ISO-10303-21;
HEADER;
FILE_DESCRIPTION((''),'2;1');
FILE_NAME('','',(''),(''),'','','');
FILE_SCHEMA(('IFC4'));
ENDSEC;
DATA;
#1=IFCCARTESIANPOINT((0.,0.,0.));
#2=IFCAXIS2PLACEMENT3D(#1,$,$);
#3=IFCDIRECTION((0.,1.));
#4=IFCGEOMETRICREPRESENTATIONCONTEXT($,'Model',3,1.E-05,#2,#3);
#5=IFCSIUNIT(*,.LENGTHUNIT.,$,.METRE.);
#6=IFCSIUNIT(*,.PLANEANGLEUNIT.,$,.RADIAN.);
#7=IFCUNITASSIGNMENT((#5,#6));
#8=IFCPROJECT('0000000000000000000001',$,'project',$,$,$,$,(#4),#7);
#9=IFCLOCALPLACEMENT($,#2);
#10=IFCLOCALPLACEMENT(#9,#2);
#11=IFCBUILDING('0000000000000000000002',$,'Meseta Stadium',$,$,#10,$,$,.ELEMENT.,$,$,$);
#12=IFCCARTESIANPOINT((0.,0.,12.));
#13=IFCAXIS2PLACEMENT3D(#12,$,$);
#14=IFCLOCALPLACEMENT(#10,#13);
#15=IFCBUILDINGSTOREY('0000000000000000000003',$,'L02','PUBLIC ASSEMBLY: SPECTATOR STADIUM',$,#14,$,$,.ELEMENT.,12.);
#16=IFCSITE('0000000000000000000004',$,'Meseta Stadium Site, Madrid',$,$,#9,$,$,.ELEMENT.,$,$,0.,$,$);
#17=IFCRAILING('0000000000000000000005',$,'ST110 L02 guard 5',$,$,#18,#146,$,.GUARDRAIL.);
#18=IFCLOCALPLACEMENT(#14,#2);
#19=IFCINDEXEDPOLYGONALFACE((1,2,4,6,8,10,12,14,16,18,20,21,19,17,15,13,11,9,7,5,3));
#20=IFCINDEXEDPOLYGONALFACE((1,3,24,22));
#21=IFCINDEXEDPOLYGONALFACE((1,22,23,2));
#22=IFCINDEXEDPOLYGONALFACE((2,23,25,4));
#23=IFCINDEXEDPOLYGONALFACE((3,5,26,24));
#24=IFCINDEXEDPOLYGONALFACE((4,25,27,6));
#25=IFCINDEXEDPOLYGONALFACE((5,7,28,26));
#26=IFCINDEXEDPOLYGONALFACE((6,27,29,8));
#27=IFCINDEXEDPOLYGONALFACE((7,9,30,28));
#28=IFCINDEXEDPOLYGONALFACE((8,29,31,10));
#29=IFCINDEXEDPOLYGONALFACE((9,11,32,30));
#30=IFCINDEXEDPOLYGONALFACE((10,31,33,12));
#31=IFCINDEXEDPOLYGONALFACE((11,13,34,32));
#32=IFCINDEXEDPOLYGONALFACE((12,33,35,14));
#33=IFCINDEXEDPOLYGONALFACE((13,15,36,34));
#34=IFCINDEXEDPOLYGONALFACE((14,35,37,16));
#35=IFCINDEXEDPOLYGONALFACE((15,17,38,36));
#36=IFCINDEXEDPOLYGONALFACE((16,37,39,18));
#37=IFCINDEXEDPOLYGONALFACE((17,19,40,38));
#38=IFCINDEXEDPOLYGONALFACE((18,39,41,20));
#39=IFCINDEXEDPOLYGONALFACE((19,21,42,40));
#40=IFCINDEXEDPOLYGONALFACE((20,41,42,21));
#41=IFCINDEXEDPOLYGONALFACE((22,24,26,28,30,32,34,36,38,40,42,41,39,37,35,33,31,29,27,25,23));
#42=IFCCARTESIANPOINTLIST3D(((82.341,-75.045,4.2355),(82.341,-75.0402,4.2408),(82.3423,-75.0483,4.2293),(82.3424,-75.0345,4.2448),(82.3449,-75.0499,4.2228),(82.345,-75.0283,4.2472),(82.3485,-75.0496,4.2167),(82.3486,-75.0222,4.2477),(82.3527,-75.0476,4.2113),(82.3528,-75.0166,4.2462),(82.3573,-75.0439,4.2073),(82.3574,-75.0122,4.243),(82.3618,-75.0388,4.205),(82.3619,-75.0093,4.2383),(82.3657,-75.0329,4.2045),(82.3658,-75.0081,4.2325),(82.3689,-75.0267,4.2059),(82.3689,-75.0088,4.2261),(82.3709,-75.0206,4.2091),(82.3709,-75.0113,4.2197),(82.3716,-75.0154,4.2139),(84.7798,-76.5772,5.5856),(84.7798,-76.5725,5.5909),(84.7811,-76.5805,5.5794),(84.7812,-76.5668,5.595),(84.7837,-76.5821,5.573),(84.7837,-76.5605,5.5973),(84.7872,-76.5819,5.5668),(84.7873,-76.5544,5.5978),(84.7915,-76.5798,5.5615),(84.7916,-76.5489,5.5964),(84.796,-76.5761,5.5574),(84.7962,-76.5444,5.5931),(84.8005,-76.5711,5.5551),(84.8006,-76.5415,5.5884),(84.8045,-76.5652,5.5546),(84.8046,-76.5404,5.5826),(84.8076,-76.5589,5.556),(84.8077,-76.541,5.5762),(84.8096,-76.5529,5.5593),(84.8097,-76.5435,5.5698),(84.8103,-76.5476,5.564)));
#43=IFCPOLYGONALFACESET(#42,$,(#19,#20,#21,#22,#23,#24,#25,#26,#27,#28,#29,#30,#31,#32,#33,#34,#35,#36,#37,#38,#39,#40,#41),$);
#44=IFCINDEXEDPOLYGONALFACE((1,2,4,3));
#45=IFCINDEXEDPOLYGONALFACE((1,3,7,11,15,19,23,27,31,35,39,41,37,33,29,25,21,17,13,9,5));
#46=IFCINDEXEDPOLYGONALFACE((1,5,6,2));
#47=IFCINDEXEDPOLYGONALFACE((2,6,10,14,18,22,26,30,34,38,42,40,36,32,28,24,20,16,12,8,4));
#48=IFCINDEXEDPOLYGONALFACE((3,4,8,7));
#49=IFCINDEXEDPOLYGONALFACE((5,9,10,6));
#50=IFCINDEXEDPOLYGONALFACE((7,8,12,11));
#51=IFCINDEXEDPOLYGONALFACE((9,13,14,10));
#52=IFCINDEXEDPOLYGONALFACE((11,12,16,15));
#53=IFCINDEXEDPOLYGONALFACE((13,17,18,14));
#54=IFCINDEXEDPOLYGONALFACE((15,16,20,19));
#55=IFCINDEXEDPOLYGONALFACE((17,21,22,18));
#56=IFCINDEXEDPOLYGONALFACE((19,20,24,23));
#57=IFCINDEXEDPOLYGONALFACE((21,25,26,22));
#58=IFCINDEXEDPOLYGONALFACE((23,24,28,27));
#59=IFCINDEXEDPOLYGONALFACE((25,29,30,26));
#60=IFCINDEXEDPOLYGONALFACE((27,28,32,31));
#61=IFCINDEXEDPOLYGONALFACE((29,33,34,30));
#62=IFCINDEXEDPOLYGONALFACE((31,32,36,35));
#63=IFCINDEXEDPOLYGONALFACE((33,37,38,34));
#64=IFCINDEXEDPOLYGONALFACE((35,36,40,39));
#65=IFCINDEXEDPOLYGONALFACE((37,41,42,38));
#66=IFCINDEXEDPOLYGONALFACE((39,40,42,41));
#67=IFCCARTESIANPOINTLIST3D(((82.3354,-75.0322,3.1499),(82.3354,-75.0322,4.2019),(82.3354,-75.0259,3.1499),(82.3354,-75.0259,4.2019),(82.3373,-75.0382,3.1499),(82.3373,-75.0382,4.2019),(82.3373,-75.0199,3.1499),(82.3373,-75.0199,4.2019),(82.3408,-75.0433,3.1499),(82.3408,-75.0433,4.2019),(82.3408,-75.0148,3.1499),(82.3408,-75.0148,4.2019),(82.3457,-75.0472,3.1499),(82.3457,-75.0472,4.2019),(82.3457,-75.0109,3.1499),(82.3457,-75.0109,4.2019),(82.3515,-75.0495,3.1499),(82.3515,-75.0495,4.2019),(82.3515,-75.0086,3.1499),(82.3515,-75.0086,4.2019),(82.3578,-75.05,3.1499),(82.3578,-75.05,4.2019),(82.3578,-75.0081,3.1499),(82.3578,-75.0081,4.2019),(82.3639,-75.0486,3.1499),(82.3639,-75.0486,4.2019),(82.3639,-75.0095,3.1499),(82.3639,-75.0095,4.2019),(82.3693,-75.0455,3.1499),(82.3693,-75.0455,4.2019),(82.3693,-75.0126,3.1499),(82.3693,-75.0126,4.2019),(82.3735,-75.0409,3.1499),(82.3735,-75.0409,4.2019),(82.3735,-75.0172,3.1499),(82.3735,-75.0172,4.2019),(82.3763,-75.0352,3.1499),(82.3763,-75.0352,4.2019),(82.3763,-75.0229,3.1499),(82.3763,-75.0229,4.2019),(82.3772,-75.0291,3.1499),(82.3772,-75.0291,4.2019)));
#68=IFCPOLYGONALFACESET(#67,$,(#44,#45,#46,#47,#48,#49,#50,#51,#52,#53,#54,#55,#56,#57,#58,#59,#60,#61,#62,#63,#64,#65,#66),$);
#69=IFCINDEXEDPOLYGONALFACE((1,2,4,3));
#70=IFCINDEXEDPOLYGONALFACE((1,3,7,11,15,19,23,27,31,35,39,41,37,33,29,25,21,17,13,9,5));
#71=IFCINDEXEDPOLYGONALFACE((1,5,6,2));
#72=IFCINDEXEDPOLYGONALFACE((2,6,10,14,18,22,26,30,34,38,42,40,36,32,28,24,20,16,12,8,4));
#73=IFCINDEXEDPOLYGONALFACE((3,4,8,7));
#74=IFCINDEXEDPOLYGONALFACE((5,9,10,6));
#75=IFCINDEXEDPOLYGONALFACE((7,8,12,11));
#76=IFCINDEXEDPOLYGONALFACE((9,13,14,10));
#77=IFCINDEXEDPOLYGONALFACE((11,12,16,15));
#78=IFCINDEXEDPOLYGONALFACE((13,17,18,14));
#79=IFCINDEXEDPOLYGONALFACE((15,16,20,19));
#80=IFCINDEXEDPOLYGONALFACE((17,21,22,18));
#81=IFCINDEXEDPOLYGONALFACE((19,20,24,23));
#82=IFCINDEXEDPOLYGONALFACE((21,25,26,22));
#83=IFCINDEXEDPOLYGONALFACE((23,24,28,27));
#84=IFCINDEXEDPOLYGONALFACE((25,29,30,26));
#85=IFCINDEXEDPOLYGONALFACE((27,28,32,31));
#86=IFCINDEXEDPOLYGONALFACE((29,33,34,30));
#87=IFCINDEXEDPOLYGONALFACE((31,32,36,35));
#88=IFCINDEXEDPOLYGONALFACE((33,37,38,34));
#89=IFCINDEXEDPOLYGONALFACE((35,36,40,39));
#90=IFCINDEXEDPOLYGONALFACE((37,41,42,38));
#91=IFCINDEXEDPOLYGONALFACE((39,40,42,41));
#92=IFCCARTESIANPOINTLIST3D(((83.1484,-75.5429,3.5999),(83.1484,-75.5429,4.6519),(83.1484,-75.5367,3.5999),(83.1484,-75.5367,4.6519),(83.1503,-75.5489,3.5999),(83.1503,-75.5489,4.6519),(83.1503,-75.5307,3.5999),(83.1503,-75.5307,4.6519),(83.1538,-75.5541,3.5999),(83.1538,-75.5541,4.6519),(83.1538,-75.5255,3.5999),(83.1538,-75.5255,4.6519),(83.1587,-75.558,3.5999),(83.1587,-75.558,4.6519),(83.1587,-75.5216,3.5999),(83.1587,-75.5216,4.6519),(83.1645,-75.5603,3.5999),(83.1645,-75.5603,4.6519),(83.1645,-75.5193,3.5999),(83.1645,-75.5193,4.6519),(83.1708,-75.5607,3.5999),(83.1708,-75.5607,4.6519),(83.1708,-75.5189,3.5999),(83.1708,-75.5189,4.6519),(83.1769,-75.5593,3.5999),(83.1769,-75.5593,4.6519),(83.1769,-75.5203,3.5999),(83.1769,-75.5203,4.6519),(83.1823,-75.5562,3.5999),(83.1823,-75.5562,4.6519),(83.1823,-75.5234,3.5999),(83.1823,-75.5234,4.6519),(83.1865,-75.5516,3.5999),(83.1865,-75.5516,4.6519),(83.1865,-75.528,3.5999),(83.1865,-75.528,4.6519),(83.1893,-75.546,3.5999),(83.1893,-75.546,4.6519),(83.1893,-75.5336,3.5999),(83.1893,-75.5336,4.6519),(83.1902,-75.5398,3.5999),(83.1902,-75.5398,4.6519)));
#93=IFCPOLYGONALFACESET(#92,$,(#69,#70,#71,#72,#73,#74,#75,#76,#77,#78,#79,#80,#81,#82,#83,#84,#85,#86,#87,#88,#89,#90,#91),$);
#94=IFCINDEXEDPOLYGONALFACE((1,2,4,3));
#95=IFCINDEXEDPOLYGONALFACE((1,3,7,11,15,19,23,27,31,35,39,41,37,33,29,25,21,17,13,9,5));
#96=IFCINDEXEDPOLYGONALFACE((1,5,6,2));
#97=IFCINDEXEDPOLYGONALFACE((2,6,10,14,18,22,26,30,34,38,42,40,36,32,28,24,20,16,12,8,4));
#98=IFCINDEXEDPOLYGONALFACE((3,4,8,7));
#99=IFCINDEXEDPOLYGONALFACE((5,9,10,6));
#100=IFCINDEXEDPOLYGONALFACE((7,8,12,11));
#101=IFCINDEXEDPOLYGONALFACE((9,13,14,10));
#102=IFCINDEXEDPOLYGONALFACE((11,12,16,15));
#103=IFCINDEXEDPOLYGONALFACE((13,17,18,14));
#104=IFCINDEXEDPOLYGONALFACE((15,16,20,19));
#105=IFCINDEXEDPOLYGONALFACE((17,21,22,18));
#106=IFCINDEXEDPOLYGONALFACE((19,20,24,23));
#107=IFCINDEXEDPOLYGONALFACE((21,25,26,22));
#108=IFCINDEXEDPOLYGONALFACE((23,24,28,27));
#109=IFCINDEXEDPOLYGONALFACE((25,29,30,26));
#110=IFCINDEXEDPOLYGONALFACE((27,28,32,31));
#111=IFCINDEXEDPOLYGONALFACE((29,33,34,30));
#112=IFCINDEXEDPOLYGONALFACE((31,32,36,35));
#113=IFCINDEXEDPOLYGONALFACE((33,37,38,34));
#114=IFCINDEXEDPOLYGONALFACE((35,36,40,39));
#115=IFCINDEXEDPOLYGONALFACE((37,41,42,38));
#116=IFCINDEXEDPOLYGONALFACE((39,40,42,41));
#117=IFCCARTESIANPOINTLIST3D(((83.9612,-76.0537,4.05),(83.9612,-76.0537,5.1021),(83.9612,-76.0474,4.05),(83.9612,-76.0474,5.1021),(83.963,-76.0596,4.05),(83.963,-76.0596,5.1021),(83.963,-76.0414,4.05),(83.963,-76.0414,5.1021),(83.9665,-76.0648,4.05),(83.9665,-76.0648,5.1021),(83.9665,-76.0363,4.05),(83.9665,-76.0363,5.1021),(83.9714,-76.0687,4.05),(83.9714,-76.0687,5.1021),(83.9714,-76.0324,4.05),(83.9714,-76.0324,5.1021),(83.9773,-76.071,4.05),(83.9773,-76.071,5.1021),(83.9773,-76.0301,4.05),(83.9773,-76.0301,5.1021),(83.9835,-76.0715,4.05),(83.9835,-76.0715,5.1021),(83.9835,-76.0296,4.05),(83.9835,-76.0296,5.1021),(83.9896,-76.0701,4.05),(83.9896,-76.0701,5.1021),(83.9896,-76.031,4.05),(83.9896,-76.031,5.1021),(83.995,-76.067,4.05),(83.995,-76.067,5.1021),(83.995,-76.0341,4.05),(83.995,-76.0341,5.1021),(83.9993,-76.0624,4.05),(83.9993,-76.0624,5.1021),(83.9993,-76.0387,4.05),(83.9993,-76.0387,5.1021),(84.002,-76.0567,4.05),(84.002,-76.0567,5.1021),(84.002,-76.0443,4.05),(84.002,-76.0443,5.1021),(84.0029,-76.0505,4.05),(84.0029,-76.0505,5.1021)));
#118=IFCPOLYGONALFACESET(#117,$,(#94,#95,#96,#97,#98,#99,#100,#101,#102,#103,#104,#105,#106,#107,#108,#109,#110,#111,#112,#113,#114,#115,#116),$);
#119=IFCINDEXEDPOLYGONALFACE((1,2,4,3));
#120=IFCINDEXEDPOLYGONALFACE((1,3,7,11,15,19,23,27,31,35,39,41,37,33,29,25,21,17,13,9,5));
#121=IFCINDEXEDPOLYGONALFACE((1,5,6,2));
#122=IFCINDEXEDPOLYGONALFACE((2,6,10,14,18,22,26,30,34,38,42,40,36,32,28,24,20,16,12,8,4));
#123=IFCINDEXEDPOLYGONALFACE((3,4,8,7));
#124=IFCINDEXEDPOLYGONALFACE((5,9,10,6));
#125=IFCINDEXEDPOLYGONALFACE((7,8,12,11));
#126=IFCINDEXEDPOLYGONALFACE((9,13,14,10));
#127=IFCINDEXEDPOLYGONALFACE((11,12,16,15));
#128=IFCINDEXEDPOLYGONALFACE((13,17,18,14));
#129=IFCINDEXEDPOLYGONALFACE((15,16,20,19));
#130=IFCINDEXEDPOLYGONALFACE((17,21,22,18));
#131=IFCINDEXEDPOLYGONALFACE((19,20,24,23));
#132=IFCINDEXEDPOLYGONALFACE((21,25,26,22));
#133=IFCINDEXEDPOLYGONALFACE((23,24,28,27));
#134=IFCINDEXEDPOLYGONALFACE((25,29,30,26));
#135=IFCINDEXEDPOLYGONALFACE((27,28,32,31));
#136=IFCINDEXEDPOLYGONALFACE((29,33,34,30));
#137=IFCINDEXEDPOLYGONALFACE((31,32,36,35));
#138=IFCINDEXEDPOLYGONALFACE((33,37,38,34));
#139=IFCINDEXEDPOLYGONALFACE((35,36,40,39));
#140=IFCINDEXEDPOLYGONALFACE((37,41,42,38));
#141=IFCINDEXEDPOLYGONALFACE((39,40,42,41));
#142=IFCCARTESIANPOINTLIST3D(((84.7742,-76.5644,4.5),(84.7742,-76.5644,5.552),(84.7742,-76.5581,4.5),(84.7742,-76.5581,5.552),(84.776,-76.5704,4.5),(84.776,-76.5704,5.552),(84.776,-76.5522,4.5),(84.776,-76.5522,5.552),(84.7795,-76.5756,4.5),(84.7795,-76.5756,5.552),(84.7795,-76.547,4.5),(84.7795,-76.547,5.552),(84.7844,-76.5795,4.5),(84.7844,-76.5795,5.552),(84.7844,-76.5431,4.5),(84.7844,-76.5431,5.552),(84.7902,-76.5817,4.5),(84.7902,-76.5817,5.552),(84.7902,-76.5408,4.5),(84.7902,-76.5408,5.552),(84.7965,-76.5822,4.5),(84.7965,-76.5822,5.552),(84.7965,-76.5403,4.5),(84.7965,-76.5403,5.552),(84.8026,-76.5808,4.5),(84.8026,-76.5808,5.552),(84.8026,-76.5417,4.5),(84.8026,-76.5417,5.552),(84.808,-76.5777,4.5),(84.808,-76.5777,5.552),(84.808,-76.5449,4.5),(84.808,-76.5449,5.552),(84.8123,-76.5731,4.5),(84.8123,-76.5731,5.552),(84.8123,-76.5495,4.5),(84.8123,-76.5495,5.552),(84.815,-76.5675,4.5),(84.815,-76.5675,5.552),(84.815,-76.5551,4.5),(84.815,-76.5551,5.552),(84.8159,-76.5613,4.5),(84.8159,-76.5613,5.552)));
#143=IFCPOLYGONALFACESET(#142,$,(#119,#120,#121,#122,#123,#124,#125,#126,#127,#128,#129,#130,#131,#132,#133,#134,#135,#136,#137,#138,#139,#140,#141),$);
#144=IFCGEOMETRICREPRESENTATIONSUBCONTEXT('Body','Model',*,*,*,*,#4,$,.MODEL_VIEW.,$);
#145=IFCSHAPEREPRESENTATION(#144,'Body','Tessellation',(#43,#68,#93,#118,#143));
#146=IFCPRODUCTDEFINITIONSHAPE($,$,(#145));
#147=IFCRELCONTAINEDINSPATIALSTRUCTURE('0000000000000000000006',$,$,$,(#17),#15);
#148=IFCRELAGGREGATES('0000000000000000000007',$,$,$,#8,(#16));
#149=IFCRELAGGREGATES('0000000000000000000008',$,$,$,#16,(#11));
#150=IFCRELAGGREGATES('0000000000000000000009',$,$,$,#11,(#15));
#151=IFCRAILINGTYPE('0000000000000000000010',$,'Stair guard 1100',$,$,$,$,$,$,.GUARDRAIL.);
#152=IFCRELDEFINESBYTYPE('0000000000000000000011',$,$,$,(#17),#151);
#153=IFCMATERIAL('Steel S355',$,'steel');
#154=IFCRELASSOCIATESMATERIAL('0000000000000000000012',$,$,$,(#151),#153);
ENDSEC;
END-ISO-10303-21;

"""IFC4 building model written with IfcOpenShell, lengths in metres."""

from ifc_helpers import new_model, si_unit, direction, frame, origin, origin_2d, place, context, subcontext, project, spatial, circle, extrude, material, type_object, element, save


model = new_model("IFC4")

# Units and contexts
model_context = context("Model", 3, precision=1e-05, world=origin(), true_north=direction((0.0, 1.0)))
body_context = subcontext(model_context, "Body", "Model", "MODEL_VIEW")
ifc_project = project(units=[si_unit("LENGTHUNIT", "METRE"), si_unit("PLANEANGLEUNIT", "RADIAN")], contexts=[model_context])

# Site, building, storey
site_placement = place(None, origin())
site = spatial("IfcSite", under=ifc_project, at=site_placement, Name="Meseta Stadium Site, Madrid", CompositionType="ELEMENT", RefElevation=0.0)
building_placement = place(site_placement, origin())
building = spatial("IfcBuilding", under=site, at=building_placement, Name="Meseta Stadium", CompositionType="ELEMENT")
storey_placement = place(building_placement, frame((0.0, 0.0, 12.0)))
storey = spatial("IfcBuildingStorey", under=building, at=storey_placement, Name="L02", Description="PUBLIC ASSEMBLY: SPECTATOR STADIUM", CompositionType="ELEMENT", Elevation=12.0)

# Railing
ifc_material_1 = material(Name="Steel S355", Category="steel")
railing_type_1 = type_object("IfcRailingType", Name="Stair guard 1100", PredefinedType="GUARDRAIL", material=ifc_material_1)
railing_1_placement = place(storey_placement, frame((82.3562, -75.0291, 3.1499)))
element("IfcRailing", 1, at=railing_1_placement, inside=storey, type_object=railing_type_1, Name="ST110 L02 guard 5", PredefinedType="GUARDRAIL", context=body_context, shape_type="SweptSolid", body=[
    extrude(circle(Radius=0.0239, at=origin_2d()), frame((0.0, 0.0, 1.0762), z_axis=(0.766687, -0.481703, 0.424445), x_axis=(0.532001, 0.846743, 0.0)), (0.0, 0.0, 1.0), 3.1809),
    extrude(circle(Radius=0.021, at=origin_2d()), origin(), (0.0, 0.0, 1.0), 1.052),
    extrude(circle(Radius=0.021, at=origin_2d()), frame((0.813, -0.5107, 0.45)), (0.0, 0.0, 1.0), 1.052),
    extrude(circle(Radius=0.021, at=origin_2d()), frame((1.6257, -1.0215, 0.9001)), (0.0, 0.0, 1.0), 1.052),
    extrude(circle(Radius=0.021, at=origin_2d()), frame((2.4387, -1.5322, 1.3501)), (0.0, 0.0, 1.0), 1.052),
])

save(model, "model.ifc")
